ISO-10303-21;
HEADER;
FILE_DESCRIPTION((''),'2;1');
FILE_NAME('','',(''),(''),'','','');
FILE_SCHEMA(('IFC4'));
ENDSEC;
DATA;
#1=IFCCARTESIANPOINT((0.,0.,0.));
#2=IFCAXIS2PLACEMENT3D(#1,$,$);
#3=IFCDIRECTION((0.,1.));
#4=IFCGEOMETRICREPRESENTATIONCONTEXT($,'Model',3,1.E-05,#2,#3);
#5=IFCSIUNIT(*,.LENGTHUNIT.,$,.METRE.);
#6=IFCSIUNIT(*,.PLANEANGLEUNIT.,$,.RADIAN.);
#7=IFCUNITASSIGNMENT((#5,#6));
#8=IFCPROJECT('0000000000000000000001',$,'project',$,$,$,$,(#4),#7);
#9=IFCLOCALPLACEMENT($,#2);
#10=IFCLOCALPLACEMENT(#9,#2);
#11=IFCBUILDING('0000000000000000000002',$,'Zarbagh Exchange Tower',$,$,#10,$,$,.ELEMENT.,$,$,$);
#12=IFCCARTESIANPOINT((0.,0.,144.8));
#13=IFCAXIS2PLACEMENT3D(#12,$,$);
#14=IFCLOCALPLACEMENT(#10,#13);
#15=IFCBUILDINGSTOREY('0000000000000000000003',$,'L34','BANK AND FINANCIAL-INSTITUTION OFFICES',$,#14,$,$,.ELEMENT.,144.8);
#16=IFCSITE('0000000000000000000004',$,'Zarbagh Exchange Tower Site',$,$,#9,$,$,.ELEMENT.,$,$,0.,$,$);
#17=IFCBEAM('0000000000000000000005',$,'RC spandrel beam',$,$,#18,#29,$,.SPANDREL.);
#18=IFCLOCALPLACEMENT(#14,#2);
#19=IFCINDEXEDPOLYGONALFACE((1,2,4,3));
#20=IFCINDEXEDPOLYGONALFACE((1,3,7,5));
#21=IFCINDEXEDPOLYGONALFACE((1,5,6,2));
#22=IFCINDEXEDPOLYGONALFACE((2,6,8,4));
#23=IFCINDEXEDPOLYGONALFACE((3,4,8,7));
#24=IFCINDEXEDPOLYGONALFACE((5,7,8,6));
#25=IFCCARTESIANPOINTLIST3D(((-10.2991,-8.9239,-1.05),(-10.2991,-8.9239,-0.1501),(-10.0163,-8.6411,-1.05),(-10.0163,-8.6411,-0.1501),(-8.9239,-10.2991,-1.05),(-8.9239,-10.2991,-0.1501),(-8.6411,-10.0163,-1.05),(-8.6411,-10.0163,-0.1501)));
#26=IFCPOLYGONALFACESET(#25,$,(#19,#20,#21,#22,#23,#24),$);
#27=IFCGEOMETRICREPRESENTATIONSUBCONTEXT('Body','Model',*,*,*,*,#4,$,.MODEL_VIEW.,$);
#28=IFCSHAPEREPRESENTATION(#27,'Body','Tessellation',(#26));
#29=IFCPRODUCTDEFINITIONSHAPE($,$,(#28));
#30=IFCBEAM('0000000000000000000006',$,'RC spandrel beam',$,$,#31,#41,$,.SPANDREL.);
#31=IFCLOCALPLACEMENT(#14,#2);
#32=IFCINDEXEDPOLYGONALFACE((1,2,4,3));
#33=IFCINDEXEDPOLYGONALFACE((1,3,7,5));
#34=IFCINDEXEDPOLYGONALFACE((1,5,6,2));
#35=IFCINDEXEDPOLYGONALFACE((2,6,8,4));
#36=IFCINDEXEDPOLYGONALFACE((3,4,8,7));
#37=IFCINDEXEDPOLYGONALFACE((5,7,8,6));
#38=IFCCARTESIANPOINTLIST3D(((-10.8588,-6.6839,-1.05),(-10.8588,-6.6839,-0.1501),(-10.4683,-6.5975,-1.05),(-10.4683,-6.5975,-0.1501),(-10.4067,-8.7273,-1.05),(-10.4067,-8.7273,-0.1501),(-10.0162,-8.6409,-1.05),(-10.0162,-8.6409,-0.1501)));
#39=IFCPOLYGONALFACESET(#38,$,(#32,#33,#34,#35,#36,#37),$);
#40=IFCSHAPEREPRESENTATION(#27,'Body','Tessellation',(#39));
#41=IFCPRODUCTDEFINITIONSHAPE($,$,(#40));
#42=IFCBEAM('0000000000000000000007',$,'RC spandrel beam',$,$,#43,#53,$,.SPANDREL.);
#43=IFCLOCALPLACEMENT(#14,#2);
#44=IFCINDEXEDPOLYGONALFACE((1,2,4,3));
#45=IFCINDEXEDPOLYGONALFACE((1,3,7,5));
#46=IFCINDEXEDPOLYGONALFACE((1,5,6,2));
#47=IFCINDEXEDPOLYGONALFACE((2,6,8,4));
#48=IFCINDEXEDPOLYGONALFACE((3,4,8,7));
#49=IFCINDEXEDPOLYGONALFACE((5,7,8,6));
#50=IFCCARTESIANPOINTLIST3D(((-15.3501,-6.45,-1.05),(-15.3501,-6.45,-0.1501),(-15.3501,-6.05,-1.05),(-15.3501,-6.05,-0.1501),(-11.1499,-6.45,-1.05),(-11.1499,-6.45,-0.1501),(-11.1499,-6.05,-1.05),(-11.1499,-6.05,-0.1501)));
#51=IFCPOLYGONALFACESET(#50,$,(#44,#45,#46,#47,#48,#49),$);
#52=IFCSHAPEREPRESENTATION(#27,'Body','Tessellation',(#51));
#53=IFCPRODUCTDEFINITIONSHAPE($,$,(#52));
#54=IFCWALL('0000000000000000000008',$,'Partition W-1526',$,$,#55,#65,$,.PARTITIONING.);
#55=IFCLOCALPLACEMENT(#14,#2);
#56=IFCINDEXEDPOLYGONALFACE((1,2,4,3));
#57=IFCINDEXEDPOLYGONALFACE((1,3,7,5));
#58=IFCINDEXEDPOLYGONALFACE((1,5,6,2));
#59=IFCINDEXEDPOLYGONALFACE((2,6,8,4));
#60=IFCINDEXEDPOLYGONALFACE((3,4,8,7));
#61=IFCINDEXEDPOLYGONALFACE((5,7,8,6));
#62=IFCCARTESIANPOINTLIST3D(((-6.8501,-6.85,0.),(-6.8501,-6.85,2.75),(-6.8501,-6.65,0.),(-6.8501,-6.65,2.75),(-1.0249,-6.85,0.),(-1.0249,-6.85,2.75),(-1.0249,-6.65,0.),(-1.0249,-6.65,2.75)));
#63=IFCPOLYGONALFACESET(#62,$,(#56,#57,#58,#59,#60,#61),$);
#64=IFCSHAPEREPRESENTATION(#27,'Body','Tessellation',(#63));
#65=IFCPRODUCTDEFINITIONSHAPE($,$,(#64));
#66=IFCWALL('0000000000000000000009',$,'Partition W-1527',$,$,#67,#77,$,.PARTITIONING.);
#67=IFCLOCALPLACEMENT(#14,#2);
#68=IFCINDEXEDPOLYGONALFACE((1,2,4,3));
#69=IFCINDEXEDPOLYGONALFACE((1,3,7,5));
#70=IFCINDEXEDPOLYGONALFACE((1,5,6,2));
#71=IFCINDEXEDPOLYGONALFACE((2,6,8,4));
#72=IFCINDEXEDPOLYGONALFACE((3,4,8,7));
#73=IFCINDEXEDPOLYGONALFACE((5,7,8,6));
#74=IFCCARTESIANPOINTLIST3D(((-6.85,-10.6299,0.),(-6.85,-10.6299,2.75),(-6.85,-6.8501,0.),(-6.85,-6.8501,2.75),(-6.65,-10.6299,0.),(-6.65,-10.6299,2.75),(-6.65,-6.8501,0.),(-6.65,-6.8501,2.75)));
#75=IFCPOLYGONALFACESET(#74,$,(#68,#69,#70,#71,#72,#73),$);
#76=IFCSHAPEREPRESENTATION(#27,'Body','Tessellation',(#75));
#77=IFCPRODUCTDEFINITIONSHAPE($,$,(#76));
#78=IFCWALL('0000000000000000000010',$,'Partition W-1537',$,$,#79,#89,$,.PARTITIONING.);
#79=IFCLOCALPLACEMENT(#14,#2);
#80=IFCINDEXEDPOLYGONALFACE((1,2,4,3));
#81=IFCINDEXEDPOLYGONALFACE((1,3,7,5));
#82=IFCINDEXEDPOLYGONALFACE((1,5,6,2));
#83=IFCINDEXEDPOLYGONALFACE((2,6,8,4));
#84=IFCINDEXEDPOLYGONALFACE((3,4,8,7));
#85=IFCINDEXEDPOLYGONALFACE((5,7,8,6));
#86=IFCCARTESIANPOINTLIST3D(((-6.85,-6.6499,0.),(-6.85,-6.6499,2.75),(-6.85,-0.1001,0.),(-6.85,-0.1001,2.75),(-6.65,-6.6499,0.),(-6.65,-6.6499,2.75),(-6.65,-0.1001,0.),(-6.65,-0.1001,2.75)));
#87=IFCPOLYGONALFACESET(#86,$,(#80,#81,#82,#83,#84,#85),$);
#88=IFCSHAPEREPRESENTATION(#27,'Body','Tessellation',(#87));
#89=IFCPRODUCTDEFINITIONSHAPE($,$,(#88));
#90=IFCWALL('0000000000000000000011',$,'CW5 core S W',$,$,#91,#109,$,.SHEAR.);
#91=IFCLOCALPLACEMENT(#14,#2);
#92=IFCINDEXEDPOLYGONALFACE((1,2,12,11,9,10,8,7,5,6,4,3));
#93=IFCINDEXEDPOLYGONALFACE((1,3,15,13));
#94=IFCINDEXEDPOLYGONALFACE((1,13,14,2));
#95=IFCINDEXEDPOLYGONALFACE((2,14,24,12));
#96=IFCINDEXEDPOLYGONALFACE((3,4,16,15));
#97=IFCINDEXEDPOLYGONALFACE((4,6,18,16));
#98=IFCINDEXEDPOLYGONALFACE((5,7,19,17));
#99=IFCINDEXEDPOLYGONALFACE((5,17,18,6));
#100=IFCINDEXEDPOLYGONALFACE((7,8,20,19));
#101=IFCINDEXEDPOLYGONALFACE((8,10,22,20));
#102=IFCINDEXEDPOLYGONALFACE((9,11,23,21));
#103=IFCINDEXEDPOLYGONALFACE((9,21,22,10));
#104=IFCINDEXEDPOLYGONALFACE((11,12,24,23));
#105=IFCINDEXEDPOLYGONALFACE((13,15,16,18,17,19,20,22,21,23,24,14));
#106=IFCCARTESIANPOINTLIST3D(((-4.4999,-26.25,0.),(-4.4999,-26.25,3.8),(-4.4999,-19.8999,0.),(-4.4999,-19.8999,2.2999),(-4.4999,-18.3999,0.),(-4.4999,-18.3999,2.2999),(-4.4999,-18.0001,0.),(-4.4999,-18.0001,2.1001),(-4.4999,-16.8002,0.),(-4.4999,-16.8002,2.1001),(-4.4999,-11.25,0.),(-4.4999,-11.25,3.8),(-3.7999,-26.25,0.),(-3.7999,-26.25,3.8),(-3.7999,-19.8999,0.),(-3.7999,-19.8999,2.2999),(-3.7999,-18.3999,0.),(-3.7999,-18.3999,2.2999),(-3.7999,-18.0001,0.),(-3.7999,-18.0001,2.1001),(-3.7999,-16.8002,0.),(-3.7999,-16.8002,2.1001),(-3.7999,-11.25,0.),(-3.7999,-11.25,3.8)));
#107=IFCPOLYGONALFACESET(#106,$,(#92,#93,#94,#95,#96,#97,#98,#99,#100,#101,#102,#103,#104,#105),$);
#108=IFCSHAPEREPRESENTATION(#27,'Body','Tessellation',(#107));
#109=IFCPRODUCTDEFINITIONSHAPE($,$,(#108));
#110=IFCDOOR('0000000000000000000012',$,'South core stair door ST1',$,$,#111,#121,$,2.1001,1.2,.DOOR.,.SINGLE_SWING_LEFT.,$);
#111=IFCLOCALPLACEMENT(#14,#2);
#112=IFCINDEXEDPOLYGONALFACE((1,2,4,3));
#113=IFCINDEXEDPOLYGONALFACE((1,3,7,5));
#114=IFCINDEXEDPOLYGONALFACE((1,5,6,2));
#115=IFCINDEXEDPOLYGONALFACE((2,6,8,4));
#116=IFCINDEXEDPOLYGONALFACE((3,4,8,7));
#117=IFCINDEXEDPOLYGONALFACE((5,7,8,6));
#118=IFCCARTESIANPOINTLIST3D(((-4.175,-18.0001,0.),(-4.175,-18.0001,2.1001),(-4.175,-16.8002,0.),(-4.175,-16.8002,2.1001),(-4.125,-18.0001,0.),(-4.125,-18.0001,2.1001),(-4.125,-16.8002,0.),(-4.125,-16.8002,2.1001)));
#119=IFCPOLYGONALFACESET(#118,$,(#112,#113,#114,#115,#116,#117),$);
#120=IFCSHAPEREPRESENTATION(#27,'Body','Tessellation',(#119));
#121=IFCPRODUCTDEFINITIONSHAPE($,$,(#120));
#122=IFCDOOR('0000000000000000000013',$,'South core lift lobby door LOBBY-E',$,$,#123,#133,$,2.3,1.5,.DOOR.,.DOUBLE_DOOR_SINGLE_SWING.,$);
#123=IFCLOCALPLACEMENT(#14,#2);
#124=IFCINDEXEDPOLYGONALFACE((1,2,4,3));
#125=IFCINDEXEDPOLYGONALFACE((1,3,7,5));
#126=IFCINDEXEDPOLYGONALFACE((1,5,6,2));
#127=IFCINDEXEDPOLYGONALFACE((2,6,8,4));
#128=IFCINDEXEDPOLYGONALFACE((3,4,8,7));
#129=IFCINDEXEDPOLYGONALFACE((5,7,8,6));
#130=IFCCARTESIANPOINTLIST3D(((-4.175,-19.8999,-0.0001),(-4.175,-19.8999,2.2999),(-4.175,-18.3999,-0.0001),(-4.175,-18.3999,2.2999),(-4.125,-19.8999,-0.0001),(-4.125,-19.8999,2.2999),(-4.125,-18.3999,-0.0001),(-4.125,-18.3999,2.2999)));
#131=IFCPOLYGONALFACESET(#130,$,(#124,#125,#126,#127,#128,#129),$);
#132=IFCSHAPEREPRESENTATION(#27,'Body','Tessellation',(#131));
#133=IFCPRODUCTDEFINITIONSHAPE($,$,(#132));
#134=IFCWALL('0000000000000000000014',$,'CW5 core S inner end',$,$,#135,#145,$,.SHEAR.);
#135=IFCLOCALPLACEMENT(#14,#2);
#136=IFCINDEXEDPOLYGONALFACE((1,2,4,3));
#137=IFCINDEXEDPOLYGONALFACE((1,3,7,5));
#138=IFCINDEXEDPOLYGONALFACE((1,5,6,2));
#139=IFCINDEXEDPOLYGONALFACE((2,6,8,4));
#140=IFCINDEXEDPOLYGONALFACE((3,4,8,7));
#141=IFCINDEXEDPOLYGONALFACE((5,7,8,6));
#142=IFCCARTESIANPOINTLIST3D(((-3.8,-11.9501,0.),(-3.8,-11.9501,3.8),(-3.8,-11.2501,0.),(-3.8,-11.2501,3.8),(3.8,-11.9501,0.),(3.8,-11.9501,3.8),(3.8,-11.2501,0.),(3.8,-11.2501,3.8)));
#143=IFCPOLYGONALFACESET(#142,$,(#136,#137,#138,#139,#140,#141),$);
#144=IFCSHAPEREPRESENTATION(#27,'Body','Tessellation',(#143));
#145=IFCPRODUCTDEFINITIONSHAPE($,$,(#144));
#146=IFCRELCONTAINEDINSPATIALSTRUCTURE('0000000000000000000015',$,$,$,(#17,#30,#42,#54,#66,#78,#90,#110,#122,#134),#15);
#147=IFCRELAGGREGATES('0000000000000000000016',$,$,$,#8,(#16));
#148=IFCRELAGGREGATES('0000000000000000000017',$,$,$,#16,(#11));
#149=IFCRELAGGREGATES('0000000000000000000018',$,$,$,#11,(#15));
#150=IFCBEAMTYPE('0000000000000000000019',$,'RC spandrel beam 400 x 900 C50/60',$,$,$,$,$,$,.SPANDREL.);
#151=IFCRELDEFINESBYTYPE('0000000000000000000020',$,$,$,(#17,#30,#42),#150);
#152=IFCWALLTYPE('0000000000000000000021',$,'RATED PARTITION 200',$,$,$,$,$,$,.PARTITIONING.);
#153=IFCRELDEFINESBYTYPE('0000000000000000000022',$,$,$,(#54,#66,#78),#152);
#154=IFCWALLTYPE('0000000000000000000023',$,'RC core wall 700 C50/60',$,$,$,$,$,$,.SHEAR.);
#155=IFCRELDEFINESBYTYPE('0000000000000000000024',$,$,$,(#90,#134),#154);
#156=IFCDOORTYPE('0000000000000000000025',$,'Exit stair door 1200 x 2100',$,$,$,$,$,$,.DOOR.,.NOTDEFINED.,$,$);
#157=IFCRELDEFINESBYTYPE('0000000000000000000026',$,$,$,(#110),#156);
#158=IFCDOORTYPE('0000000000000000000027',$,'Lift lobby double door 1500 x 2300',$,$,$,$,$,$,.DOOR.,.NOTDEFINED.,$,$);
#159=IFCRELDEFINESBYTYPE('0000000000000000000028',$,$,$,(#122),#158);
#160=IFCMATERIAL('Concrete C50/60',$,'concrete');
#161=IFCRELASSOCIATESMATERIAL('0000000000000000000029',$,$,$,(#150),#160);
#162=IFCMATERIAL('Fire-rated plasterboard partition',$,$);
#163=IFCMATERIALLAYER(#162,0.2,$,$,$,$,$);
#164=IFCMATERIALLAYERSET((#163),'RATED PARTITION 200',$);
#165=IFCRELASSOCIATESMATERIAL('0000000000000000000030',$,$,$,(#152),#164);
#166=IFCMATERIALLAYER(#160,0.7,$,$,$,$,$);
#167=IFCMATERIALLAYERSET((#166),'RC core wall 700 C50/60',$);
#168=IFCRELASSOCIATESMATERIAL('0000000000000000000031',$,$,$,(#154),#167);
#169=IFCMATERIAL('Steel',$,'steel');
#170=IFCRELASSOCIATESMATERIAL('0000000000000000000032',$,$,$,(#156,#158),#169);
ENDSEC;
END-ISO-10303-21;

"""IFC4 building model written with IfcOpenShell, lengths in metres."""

from ifc_helpers import new_model, si_unit, direction, frame, frame_2d, origin, origin_2d, place, context, subcontext, project, spatial, rectangle, extrude, material, layer, layer_set, material_profile, profile_set, type_object, element, fill, save


model = new_model("IFC4")

# Units and contexts
model_context = context("Model", 3, precision=1e-05, world=origin(), true_north=direction((0.0, 1.0)))
body_context = subcontext(model_context, "Body", "Model", "MODEL_VIEW")
ifc_project = project(units=[si_unit("LENGTHUNIT", "METRE"), si_unit("PLANEANGLEUNIT", "RADIAN")], contexts=[model_context])

# Site, building, storey
site_placement = place(None, origin())
site = spatial("IfcSite", under=ifc_project, at=site_placement, Name="Zarbagh Exchange Tower Site", CompositionType="ELEMENT", RefElevation=0.0)
building_placement = place(site_placement, origin())
building = spatial("IfcBuilding", under=site, at=building_placement, Name="Zarbagh Exchange Tower", CompositionType="ELEMENT")
storey_placement = place(building_placement, frame((0.0, 0.0, 144.8)))
storey = spatial("IfcBuildingStorey", under=building, at=storey_placement, Name="L34", Description="BANK AND FINANCIAL-INSTITUTION OFFICES", CompositionType="ELEMENT", Elevation=144.8)

# Shared definitions
ifc_material_1 = material(Name="Concrete C50/60", Category="concrete")

# Beams
ifc_material_profile_1 = material_profile(ifc_material_1, rectangle(XDim=0.3999, YDim=0.8999, at=origin_2d()), Name="RC spandrel beam 400 x 900 C50/60")
ifc_profile_set_1 = profile_set([ifc_material_profile_1], Name="Concrete C50/60")
beam_type_1 = type_object("IfcBeamType", Name="RC spandrel beam 400 x 900 C50/60", PredefinedType="SPANDREL", material=ifc_profile_set_1)
beam_1_placement = place(storey_placement, frame((-8.7825, -10.1577, -0.6001), z_axis=(-0.707107, 0.707107, 0.0), x_axis=(-0.707107, -0.707107, 0.0)))
element("IfcBeam", 1, at=beam_1_placement, inside=storey, type_object=beam_type_1, Name="RC spandrel beam", PredefinedType="SPANDREL", context=body_context, shape_type="SweptSolid", body=[
    extrude(rectangle(XDim=0.3999, YDim=0.8999, at=origin_2d()), origin(), (0.0, 0.0, 1.0), 1.9448),
])
beam_2_placement = place(storey_placement, frame((-10.2114, -8.6841, -0.6001), z_axis=(-0.216041, 0.976384, 0.0), x_axis=(-0.976384, -0.216041, 0.0)))
element("IfcBeam", 2, at=beam_2_placement, inside=storey, type_object=beam_type_1, Name="RC spandrel beam", PredefinedType="SPANDREL", context=body_context, shape_type="SweptSolid", body=[
    extrude(rectangle(XDim=0.3999, YDim=0.8999, at=origin_2d()), origin(), (0.0, 0.0, 1.0), 2.0928),
])
beam_3_placement = place(storey_placement, frame((-11.1499, -6.25, -0.6001), z_axis=(-1.0, 0.0, 0.0), x_axis=(0.0, -1.0, 0.0)))
element("IfcBeam", 3, at=beam_3_placement, inside=storey, type_object=beam_type_1, Name="RC spandrel beam", PredefinedType="SPANDREL", context=body_context, shape_type="SweptSolid", body=[
    extrude(rectangle(XDim=0.3999, YDim=0.8999, at=origin_2d()), origin(), (0.0, 0.0, 1.0), 4.2002),
])

# Walls
ifc_material_2 = material(Name="Fire-rated plasterboard partition")
ifc_layer_1 = layer(ifc_material_2, 0.2)
ifc_layer_set_1 = layer_set([ifc_layer_1], Name="RATED PARTITION 200")
wall_type_1 = type_object("IfcWallType", Name="RATED PARTITION 200", PredefinedType="PARTITIONING", material=ifc_layer_set_1)
wall_1_placement = place(storey_placement, frame((-6.8501, -6.75, 0.0), z_axis=(0.0, 0.0, 1.0), x_axis=(1.0, 0.0, 0.0)))
element("IfcWall", 4, at=wall_1_placement, inside=storey, type_object=wall_type_1, Name="Partition W-1526", PredefinedType="PARTITIONING", context=body_context, shape_type="SweptSolid", body=[
    extrude(rectangle(XDim=5.8252, YDim=0.2, at=frame_2d((2.9126, 0.0))), origin(), (0.0, 0.0, 1.0), 2.75),
])
wall_2_placement = place(storey_placement, frame((-6.75, -10.6299, 0.0), z_axis=(0.0, 0.0, 1.0), x_axis=(0.0, 1.0, 0.0)))
element("IfcWall", 5, at=wall_2_placement, inside=storey, type_object=wall_type_1, Name="Partition W-1527", PredefinedType="PARTITIONING", context=body_context, shape_type="SweptSolid", body=[
    extrude(rectangle(XDim=3.7798, YDim=0.2, at=frame_2d((1.8899, 0.0))), origin(), (0.0, 0.0, 1.0), 2.75),
])
wall_3_placement = place(storey_placement, frame((-6.75, -6.6499, 0.0), z_axis=(0.0, 0.0, 1.0), x_axis=(0.0, 1.0, 0.0)))
element("IfcWall", 6, at=wall_3_placement, inside=storey, type_object=wall_type_1, Name="Partition W-1537", PredefinedType="PARTITIONING", context=body_context, shape_type="SweptSolid", body=[
    extrude(rectangle(XDim=6.5498, YDim=0.2, at=frame_2d((3.2749, 0.0))), origin(), (0.0, 0.0, 1.0), 2.75),
])

# Wall, openings, doors
ifc_layer_2 = layer(ifc_material_1, 0.7)
ifc_layer_set_2 = layer_set([ifc_layer_2], Name="RC core wall 700 C50/60")
wall_type_2 = type_object("IfcWallType", Name="RC core wall 700 C50/60", PredefinedType="SHEAR", material=ifc_layer_set_2)
wall_4_placement = place(storey_placement, frame((-4.1499, -11.25, 0.0), z_axis=(0.0, 0.0, 1.0), x_axis=(0.0, -1.0, 0.0)))
wall_4 = element("IfcWall", 7, at=wall_4_placement, inside=storey, type_object=wall_type_2, Name="CW5 core S W", PredefinedType="SHEAR", context=body_context, shape_type="SweptSolid", body=[
    extrude(rectangle(XDim=15.0, YDim=0.7, at=frame_2d((7.5, 0.0))), origin(), (0.0, 0.0, 1.0), 3.8),
])
opening_1_placement = place(wall_4_placement, frame((7.1499, 0.0, 0.0)))
opening_1 = element("IfcOpeningElement", 8, at=opening_1_placement, cuts=wall_4, PredefinedType="OPENING", context=body_context, shape_type="SweptSolid", body=[
    extrude(rectangle(XDim=1.5, YDim=2.3, at=frame_2d((0.75, 1.1499))), frame((0.0, 0.3599, 0.0), z_axis=(0.0, -1.0, 0.0), x_axis=(1.0, 0.0, 0.0)), (0.0, 0.0, 1.0), 0.72),
])
opening_2_placement = place(wall_4_placement, frame((5.55, 0.0, 0.0)))
opening_2 = element("IfcOpeningElement", 9, at=opening_2_placement, cuts=wall_4, PredefinedType="OPENING", context=body_context, shape_type="SweptSolid", body=[
    extrude(rectangle(XDim=1.2, YDim=2.1001, at=frame_2d((0.6001, 1.05))), frame((0.0, 0.3599, 0.0), z_axis=(0.0, -1.0, 0.0), x_axis=(1.0, 0.0, 0.0)), (0.0, 0.0, 1.0), 0.72),
])
ifc_material_3 = material(Name="Steel", Category="steel")
door_type_1 = type_object("IfcDoorType", Name="Exit stair door 1200 x 2100", OperationType="NOTDEFINED", PredefinedType="DOOR", material=ifc_material_3)
door_1_placement = place(opening_2_placement, origin())
door_1 = element("IfcDoor", 10, at=door_1_placement, inside=storey, type_object=door_type_1, Name="South core stair door ST1", OperationType="SINGLE_SWING_LEFT", OverallHeight=2.1001, OverallWidth=1.2, PredefinedType="DOOR", context=body_context, shape_type="SweptSolid", body=[
    extrude(rectangle(XDim=1.2, YDim=2.1001, at=frame_2d((0.6001, 1.05))), frame((0.0, 0.0249, 0.0), z_axis=(0.0, -1.0, 0.0), x_axis=(1.0, 0.0, 0.0)), (0.0, 0.0, 1.0), 0.05),
])
fill(opening_2, door_1)
door_type_2 = type_object("IfcDoorType", Name="Lift lobby double door 1500 x 2300", OperationType="NOTDEFINED", PredefinedType="DOOR", material=ifc_material_3)
door_2_placement = place(opening_1_placement, origin())
door_2 = element("IfcDoor", 11, at=door_2_placement, inside=storey, type_object=door_type_2, Name="South core lift lobby door LOBBY-E", OperationType="DOUBLE_DOOR_SINGLE_SWING", OverallHeight=2.3, OverallWidth=1.5, PredefinedType="DOOR", context=body_context, shape_type="SweptSolid", body=[
    extrude(rectangle(XDim=1.5, YDim=2.3, at=frame_2d((0.75, 1.1499))), frame((0.0, 0.0249, 0.0), z_axis=(0.0, -1.0, 0.0), x_axis=(1.0, 0.0, 0.0)), (0.0, 0.0, 1.0), 0.05),
])
fill(opening_1, door_2)

# Wall
wall_5_placement = place(storey_placement, frame((-3.8, -11.6001, 0.0), z_axis=(0.0, 0.0, 1.0), x_axis=(1.0, 0.0, 0.0)))
element("IfcWall", 12, at=wall_5_placement, inside=storey, type_object=wall_type_2, Name="CW5 core S inner end", PredefinedType="SHEAR", context=body_context, shape_type="SweptSolid", body=[
    extrude(rectangle(XDim=7.6001, YDim=0.7, at=frame_2d((3.8, 0.0))), origin(), (0.0, 0.0, 1.0), 3.8),
])

save(model, "model.ifc")
